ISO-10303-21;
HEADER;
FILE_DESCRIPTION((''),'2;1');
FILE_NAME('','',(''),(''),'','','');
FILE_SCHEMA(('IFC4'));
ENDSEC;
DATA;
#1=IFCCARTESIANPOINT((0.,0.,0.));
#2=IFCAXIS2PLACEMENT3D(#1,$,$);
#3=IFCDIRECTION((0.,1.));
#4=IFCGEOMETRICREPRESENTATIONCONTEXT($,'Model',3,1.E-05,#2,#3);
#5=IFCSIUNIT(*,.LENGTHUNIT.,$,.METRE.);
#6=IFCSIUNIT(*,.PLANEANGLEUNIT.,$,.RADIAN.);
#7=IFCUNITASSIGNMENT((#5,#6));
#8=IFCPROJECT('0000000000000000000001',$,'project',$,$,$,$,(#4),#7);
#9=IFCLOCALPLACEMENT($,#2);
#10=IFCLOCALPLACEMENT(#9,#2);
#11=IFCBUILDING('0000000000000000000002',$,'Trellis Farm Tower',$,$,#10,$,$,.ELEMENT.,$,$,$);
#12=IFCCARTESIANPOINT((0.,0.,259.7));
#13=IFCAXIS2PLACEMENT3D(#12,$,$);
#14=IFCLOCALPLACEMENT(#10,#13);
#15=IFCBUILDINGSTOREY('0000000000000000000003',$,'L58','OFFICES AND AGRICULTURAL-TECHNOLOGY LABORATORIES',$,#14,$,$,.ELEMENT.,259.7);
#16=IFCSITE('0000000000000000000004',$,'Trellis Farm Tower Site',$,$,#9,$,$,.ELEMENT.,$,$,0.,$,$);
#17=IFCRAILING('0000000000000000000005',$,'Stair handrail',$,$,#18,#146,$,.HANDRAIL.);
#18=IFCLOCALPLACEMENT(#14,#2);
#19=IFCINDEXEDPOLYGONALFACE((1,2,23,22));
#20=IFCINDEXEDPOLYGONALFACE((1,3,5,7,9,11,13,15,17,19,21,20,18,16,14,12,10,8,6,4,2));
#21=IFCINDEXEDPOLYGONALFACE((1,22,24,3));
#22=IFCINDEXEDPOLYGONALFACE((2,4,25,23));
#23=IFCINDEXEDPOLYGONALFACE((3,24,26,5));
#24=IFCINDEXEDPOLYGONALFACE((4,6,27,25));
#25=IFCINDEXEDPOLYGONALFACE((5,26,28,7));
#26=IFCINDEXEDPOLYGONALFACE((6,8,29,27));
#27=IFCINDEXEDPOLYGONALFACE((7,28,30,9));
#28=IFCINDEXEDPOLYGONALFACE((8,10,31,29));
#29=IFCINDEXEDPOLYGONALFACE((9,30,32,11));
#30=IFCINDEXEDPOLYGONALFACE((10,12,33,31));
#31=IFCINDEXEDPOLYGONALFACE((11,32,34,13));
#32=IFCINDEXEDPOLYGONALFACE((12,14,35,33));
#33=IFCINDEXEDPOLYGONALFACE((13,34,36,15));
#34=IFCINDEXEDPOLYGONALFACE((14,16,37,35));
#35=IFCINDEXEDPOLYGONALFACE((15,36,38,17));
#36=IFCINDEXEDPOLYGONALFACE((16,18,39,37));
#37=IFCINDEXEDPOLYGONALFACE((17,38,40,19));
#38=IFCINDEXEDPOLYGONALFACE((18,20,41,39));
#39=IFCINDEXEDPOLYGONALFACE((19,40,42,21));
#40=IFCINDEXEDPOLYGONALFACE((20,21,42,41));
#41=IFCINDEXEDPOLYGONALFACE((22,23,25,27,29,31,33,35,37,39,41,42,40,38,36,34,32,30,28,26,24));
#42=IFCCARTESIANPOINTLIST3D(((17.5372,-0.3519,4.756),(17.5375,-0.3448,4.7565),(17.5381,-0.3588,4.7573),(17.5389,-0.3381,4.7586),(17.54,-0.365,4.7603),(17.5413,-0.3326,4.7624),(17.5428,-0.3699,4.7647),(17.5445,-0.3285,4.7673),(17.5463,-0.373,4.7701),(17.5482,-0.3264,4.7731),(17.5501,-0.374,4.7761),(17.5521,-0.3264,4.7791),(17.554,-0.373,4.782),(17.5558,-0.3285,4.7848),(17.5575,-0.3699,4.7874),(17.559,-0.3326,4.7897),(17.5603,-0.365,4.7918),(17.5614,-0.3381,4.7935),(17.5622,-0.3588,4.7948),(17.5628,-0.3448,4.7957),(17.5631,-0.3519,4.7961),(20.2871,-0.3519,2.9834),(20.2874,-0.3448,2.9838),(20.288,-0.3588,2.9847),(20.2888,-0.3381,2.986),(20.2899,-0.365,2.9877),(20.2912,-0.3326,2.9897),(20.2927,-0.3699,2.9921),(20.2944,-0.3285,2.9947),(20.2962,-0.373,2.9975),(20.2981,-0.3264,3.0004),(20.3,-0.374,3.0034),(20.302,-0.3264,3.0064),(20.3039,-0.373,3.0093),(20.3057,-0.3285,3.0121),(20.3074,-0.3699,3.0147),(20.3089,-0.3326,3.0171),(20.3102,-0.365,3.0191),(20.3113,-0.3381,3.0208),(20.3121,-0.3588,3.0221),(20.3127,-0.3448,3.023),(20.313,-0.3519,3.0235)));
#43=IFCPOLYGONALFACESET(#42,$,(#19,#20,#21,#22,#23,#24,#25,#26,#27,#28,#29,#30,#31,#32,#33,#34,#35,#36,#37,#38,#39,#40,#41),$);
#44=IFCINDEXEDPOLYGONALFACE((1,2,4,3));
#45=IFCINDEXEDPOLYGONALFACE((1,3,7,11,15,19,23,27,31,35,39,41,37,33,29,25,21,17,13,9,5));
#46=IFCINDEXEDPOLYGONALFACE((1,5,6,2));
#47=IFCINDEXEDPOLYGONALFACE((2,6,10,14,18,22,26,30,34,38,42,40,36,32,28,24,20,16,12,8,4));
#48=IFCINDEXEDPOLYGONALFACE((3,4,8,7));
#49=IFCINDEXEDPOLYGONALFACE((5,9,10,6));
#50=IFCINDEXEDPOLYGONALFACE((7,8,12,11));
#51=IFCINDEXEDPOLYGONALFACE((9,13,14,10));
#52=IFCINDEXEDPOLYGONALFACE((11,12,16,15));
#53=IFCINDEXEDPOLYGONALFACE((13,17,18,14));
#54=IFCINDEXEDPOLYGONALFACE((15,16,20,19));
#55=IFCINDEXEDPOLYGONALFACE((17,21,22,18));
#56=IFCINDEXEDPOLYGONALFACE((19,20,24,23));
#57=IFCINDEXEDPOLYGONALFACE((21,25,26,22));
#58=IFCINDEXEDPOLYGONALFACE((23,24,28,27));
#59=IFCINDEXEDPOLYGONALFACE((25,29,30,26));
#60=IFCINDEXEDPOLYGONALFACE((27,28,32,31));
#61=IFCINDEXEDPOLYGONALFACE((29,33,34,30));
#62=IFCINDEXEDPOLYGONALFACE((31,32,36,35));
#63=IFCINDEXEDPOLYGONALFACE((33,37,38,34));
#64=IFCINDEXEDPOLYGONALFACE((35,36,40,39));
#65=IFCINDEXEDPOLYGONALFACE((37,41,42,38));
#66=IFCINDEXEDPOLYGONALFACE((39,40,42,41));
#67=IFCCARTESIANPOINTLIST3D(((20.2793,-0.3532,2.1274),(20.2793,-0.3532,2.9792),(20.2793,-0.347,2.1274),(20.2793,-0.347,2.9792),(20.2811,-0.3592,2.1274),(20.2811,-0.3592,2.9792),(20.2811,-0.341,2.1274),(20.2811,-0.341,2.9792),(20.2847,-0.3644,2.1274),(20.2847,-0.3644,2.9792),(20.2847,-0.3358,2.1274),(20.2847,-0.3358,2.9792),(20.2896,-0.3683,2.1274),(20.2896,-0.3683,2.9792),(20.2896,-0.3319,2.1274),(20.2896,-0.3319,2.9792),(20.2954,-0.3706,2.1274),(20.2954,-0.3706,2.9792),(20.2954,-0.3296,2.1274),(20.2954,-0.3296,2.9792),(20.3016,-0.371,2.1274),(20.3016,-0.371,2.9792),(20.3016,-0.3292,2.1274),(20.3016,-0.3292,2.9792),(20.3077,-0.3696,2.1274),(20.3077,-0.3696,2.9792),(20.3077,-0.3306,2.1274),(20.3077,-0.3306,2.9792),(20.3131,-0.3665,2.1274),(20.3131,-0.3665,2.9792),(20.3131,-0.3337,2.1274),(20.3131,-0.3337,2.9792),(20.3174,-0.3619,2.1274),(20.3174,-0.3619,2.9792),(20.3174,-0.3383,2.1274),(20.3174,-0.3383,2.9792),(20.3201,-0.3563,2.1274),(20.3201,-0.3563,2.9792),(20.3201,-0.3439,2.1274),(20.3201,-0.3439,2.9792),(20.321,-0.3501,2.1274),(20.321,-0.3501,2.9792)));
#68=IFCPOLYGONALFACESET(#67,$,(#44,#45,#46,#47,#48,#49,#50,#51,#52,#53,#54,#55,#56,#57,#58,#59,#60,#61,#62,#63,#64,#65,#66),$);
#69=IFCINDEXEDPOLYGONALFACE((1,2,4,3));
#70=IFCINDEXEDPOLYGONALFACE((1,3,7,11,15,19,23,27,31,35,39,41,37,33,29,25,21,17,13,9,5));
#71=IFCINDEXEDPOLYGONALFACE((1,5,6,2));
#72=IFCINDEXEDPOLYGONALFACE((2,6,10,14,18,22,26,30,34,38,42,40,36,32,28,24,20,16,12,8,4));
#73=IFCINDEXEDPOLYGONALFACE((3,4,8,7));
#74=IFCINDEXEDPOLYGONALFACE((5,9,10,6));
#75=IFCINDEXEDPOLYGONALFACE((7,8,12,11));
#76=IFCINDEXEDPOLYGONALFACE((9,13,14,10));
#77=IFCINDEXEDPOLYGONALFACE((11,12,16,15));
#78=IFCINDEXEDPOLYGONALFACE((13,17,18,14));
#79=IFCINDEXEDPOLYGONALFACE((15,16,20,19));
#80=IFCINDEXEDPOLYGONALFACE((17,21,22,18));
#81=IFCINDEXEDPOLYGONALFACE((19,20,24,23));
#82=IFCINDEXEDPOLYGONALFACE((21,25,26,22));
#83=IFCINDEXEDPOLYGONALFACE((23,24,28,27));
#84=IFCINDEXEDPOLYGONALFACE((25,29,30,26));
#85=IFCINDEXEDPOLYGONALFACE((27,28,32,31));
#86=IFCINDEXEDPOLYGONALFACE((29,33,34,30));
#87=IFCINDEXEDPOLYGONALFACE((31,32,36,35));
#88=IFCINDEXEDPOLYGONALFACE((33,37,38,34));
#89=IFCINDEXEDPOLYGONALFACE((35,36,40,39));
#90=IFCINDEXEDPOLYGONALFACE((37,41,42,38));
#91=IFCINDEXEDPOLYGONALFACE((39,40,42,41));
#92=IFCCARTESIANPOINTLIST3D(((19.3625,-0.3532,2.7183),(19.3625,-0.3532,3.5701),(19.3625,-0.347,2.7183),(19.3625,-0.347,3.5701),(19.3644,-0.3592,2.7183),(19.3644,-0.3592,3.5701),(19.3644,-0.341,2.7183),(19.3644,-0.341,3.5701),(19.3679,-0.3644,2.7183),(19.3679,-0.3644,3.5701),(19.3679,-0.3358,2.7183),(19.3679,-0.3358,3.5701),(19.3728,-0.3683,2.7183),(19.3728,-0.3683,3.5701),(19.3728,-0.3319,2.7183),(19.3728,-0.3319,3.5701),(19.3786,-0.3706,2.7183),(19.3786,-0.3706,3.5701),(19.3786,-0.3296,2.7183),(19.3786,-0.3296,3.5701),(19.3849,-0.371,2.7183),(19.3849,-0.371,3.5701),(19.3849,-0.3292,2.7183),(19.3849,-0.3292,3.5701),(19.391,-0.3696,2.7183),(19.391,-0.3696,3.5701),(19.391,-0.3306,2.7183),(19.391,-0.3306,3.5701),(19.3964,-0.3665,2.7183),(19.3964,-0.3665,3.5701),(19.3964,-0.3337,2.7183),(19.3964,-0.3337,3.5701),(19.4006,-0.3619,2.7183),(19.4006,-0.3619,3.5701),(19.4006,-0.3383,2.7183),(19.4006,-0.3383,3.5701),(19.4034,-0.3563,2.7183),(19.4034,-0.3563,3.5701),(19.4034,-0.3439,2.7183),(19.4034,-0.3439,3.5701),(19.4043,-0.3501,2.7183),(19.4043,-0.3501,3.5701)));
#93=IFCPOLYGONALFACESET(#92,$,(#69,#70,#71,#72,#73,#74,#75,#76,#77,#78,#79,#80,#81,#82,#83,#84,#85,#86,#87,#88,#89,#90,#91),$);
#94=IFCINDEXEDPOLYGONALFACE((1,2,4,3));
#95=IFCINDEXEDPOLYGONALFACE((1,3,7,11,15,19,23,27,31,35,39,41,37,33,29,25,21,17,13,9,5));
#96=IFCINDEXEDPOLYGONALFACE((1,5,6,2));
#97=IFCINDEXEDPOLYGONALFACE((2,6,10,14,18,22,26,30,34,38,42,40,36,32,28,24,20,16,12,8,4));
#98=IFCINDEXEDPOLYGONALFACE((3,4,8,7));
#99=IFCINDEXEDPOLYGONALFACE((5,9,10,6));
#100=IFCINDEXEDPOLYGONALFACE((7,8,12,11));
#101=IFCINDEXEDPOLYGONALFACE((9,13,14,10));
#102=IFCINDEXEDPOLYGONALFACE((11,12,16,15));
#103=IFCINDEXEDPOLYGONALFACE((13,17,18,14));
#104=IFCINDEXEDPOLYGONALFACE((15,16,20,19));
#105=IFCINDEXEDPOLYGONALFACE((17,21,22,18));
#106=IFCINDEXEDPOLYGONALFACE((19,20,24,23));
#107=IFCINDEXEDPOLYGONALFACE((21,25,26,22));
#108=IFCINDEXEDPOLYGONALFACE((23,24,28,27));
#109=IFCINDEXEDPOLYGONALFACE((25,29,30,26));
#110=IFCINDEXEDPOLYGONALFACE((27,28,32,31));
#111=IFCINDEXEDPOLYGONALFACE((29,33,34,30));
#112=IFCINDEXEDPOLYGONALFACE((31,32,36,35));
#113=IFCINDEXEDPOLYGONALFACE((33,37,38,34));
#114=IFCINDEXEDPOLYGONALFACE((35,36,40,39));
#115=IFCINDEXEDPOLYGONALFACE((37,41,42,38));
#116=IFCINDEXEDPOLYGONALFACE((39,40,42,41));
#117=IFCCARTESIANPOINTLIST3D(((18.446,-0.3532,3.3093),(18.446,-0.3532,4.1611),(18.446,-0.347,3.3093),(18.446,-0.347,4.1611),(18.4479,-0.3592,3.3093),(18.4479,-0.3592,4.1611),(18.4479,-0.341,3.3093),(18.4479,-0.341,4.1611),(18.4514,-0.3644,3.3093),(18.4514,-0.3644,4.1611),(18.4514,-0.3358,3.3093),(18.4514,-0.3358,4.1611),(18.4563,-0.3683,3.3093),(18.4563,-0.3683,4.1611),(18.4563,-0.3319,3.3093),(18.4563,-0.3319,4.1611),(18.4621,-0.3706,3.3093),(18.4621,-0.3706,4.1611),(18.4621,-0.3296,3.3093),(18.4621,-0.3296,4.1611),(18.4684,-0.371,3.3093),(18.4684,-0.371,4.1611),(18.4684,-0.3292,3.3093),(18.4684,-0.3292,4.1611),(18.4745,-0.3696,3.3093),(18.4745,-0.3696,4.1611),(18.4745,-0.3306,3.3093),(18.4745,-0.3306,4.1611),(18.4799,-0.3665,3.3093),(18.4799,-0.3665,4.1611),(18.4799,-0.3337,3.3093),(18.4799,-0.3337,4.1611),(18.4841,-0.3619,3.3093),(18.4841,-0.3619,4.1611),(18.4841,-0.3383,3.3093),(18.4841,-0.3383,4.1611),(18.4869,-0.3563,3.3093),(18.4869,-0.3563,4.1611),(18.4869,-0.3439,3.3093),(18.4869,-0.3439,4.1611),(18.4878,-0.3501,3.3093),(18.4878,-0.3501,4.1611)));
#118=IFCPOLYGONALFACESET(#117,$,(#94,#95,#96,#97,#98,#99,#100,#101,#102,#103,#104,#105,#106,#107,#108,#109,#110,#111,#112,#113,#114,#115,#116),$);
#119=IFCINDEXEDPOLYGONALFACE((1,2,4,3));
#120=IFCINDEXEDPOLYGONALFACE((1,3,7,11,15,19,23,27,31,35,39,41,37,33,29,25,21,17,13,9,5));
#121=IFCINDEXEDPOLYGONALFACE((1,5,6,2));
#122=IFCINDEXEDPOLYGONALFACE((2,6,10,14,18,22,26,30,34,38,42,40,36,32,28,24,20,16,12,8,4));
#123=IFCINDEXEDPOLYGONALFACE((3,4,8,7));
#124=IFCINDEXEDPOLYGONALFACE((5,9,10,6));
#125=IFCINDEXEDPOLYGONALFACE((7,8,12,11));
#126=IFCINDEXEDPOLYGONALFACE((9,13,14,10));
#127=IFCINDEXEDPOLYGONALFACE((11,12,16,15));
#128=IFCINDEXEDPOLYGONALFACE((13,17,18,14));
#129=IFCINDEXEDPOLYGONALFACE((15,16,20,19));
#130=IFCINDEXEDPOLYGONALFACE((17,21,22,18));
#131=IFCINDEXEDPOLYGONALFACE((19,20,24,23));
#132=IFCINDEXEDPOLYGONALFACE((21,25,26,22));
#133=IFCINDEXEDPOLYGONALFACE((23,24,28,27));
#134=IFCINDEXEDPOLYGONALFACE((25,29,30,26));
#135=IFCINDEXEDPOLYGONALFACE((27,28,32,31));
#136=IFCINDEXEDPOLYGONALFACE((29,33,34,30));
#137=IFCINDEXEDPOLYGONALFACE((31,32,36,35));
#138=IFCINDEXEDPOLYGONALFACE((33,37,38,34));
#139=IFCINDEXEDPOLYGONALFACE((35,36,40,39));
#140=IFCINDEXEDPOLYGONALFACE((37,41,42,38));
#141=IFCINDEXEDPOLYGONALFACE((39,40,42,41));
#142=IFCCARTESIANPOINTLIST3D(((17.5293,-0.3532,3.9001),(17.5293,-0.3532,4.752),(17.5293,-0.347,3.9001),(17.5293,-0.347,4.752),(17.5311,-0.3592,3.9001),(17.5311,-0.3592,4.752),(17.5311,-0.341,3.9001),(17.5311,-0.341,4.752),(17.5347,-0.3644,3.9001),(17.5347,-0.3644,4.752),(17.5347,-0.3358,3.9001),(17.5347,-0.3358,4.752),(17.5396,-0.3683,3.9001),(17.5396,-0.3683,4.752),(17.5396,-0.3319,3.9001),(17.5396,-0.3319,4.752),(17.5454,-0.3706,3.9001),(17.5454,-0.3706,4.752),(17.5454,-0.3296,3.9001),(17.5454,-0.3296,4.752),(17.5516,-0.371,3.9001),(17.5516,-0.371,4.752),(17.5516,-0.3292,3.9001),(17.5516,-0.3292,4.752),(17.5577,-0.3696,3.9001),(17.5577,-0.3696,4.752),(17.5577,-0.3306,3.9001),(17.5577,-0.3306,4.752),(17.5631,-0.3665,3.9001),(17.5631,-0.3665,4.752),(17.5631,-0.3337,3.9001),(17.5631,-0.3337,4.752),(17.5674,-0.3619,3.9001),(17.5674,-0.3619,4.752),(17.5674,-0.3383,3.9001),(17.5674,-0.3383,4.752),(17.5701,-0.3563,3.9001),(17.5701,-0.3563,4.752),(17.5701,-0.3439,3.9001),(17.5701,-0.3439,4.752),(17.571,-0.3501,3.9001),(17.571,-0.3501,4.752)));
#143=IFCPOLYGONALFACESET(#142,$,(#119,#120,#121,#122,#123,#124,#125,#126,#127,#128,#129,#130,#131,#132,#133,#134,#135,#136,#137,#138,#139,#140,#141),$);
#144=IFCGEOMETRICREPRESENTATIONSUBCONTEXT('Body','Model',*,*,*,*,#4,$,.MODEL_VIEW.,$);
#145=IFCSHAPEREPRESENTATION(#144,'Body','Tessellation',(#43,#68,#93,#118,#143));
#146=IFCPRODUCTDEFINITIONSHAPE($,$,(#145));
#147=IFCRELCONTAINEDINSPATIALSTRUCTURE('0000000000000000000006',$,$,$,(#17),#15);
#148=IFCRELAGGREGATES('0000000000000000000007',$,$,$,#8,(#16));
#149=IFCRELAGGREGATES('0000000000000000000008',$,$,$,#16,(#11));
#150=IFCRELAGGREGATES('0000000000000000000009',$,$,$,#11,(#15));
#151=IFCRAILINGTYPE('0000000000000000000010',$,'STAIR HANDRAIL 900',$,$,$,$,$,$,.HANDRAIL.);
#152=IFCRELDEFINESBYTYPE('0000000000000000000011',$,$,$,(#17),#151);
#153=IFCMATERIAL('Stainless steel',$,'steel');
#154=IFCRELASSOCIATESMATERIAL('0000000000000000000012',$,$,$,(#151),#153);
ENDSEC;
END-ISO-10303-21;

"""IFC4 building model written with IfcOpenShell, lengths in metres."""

from ifc_helpers import new_model, si_unit, direction, frame, origin, origin_2d, place, context, subcontext, project, spatial, circle, extrude, source, transform, mapped, material, type_object, element, save


model = new_model("IFC4")

# Units and contexts
model_context = context("Model", 3, precision=1e-05, world=origin(), true_north=direction((0.0, 1.0)))
body_context = subcontext(model_context, "Body", "Model", "MODEL_VIEW")
ifc_project = project(units=[si_unit("LENGTHUNIT", "METRE"), si_unit("PLANEANGLEUNIT", "RADIAN")], contexts=[model_context])

# Site, building, storey
site_placement = place(None, origin())
site = spatial("IfcSite", under=ifc_project, at=site_placement, Name="Trellis Farm Tower Site", CompositionType="ELEMENT", RefElevation=0.0)
building_placement = place(site_placement, origin())
building = spatial("IfcBuilding", under=site, at=building_placement, Name="Trellis Farm Tower", CompositionType="ELEMENT")
storey_placement = place(building_placement, frame((0.0, 0.0, 259.7)))
storey = spatial("IfcBuildingStorey", under=building, at=storey_placement, Name="L58", Description="OFFICES AND AGRICULTURAL-TECHNOLOGY LABORATORIES", CompositionType="ELEMENT", Elevation=259.7)

# Railing
ifc_material_1 = material(Name="Stainless steel", Category="steel")
railing_type = type_object("IfcRailingType", Name="STAIR HANDRAIL 900", PredefinedType="HANDRAIL", material=ifc_material_1)
shared_shape_1 = source(origin(), body_context, "Body", "SweptSolid", [
    extrude(circle(Radius=0.0239, at=origin_2d()), frame((0.0, 0.0, 0.876), z_axis=(-0.840504, 0.0, 0.541806), x_axis=(0.0, -1.0, 0.0)), (0.0, 0.0, 1.0), 3.2717),
    extrude(circle(Radius=0.021, at=origin_2d()), origin(), (0.0, 0.0, 1.0), 0.8518),
    extrude(circle(Radius=0.021, at=origin_2d()), frame((-0.9167, 0.0, 0.5908)), (0.0, 0.0, 1.0), 0.8518),
    extrude(circle(Radius=0.021, at=origin_2d()), frame((-1.8333, 0.0, 1.1819)), (0.0, 0.0, 1.0), 0.8518),
    extrude(circle(Radius=0.021, at=origin_2d()), frame((-2.75, 0.0, 1.7727)), (0.0, 0.0, 1.0), 0.8518),
])
for number, where, name in (
    (1, (20.3, -0.3501, 2.1274), "Stair handrail"),
):
    element("IfcRailing", number, at=place(storey_placement, frame(where)), inside=storey, type_object=railing_type, Name=name, PredefinedType="HANDRAIL", context=body_context, shape_type="MappedRepresentation", body=[
        mapped(shared_shape_1, transform((0.0, 0.0, 0.0))),
    ])

save(model, "model.ifc")
